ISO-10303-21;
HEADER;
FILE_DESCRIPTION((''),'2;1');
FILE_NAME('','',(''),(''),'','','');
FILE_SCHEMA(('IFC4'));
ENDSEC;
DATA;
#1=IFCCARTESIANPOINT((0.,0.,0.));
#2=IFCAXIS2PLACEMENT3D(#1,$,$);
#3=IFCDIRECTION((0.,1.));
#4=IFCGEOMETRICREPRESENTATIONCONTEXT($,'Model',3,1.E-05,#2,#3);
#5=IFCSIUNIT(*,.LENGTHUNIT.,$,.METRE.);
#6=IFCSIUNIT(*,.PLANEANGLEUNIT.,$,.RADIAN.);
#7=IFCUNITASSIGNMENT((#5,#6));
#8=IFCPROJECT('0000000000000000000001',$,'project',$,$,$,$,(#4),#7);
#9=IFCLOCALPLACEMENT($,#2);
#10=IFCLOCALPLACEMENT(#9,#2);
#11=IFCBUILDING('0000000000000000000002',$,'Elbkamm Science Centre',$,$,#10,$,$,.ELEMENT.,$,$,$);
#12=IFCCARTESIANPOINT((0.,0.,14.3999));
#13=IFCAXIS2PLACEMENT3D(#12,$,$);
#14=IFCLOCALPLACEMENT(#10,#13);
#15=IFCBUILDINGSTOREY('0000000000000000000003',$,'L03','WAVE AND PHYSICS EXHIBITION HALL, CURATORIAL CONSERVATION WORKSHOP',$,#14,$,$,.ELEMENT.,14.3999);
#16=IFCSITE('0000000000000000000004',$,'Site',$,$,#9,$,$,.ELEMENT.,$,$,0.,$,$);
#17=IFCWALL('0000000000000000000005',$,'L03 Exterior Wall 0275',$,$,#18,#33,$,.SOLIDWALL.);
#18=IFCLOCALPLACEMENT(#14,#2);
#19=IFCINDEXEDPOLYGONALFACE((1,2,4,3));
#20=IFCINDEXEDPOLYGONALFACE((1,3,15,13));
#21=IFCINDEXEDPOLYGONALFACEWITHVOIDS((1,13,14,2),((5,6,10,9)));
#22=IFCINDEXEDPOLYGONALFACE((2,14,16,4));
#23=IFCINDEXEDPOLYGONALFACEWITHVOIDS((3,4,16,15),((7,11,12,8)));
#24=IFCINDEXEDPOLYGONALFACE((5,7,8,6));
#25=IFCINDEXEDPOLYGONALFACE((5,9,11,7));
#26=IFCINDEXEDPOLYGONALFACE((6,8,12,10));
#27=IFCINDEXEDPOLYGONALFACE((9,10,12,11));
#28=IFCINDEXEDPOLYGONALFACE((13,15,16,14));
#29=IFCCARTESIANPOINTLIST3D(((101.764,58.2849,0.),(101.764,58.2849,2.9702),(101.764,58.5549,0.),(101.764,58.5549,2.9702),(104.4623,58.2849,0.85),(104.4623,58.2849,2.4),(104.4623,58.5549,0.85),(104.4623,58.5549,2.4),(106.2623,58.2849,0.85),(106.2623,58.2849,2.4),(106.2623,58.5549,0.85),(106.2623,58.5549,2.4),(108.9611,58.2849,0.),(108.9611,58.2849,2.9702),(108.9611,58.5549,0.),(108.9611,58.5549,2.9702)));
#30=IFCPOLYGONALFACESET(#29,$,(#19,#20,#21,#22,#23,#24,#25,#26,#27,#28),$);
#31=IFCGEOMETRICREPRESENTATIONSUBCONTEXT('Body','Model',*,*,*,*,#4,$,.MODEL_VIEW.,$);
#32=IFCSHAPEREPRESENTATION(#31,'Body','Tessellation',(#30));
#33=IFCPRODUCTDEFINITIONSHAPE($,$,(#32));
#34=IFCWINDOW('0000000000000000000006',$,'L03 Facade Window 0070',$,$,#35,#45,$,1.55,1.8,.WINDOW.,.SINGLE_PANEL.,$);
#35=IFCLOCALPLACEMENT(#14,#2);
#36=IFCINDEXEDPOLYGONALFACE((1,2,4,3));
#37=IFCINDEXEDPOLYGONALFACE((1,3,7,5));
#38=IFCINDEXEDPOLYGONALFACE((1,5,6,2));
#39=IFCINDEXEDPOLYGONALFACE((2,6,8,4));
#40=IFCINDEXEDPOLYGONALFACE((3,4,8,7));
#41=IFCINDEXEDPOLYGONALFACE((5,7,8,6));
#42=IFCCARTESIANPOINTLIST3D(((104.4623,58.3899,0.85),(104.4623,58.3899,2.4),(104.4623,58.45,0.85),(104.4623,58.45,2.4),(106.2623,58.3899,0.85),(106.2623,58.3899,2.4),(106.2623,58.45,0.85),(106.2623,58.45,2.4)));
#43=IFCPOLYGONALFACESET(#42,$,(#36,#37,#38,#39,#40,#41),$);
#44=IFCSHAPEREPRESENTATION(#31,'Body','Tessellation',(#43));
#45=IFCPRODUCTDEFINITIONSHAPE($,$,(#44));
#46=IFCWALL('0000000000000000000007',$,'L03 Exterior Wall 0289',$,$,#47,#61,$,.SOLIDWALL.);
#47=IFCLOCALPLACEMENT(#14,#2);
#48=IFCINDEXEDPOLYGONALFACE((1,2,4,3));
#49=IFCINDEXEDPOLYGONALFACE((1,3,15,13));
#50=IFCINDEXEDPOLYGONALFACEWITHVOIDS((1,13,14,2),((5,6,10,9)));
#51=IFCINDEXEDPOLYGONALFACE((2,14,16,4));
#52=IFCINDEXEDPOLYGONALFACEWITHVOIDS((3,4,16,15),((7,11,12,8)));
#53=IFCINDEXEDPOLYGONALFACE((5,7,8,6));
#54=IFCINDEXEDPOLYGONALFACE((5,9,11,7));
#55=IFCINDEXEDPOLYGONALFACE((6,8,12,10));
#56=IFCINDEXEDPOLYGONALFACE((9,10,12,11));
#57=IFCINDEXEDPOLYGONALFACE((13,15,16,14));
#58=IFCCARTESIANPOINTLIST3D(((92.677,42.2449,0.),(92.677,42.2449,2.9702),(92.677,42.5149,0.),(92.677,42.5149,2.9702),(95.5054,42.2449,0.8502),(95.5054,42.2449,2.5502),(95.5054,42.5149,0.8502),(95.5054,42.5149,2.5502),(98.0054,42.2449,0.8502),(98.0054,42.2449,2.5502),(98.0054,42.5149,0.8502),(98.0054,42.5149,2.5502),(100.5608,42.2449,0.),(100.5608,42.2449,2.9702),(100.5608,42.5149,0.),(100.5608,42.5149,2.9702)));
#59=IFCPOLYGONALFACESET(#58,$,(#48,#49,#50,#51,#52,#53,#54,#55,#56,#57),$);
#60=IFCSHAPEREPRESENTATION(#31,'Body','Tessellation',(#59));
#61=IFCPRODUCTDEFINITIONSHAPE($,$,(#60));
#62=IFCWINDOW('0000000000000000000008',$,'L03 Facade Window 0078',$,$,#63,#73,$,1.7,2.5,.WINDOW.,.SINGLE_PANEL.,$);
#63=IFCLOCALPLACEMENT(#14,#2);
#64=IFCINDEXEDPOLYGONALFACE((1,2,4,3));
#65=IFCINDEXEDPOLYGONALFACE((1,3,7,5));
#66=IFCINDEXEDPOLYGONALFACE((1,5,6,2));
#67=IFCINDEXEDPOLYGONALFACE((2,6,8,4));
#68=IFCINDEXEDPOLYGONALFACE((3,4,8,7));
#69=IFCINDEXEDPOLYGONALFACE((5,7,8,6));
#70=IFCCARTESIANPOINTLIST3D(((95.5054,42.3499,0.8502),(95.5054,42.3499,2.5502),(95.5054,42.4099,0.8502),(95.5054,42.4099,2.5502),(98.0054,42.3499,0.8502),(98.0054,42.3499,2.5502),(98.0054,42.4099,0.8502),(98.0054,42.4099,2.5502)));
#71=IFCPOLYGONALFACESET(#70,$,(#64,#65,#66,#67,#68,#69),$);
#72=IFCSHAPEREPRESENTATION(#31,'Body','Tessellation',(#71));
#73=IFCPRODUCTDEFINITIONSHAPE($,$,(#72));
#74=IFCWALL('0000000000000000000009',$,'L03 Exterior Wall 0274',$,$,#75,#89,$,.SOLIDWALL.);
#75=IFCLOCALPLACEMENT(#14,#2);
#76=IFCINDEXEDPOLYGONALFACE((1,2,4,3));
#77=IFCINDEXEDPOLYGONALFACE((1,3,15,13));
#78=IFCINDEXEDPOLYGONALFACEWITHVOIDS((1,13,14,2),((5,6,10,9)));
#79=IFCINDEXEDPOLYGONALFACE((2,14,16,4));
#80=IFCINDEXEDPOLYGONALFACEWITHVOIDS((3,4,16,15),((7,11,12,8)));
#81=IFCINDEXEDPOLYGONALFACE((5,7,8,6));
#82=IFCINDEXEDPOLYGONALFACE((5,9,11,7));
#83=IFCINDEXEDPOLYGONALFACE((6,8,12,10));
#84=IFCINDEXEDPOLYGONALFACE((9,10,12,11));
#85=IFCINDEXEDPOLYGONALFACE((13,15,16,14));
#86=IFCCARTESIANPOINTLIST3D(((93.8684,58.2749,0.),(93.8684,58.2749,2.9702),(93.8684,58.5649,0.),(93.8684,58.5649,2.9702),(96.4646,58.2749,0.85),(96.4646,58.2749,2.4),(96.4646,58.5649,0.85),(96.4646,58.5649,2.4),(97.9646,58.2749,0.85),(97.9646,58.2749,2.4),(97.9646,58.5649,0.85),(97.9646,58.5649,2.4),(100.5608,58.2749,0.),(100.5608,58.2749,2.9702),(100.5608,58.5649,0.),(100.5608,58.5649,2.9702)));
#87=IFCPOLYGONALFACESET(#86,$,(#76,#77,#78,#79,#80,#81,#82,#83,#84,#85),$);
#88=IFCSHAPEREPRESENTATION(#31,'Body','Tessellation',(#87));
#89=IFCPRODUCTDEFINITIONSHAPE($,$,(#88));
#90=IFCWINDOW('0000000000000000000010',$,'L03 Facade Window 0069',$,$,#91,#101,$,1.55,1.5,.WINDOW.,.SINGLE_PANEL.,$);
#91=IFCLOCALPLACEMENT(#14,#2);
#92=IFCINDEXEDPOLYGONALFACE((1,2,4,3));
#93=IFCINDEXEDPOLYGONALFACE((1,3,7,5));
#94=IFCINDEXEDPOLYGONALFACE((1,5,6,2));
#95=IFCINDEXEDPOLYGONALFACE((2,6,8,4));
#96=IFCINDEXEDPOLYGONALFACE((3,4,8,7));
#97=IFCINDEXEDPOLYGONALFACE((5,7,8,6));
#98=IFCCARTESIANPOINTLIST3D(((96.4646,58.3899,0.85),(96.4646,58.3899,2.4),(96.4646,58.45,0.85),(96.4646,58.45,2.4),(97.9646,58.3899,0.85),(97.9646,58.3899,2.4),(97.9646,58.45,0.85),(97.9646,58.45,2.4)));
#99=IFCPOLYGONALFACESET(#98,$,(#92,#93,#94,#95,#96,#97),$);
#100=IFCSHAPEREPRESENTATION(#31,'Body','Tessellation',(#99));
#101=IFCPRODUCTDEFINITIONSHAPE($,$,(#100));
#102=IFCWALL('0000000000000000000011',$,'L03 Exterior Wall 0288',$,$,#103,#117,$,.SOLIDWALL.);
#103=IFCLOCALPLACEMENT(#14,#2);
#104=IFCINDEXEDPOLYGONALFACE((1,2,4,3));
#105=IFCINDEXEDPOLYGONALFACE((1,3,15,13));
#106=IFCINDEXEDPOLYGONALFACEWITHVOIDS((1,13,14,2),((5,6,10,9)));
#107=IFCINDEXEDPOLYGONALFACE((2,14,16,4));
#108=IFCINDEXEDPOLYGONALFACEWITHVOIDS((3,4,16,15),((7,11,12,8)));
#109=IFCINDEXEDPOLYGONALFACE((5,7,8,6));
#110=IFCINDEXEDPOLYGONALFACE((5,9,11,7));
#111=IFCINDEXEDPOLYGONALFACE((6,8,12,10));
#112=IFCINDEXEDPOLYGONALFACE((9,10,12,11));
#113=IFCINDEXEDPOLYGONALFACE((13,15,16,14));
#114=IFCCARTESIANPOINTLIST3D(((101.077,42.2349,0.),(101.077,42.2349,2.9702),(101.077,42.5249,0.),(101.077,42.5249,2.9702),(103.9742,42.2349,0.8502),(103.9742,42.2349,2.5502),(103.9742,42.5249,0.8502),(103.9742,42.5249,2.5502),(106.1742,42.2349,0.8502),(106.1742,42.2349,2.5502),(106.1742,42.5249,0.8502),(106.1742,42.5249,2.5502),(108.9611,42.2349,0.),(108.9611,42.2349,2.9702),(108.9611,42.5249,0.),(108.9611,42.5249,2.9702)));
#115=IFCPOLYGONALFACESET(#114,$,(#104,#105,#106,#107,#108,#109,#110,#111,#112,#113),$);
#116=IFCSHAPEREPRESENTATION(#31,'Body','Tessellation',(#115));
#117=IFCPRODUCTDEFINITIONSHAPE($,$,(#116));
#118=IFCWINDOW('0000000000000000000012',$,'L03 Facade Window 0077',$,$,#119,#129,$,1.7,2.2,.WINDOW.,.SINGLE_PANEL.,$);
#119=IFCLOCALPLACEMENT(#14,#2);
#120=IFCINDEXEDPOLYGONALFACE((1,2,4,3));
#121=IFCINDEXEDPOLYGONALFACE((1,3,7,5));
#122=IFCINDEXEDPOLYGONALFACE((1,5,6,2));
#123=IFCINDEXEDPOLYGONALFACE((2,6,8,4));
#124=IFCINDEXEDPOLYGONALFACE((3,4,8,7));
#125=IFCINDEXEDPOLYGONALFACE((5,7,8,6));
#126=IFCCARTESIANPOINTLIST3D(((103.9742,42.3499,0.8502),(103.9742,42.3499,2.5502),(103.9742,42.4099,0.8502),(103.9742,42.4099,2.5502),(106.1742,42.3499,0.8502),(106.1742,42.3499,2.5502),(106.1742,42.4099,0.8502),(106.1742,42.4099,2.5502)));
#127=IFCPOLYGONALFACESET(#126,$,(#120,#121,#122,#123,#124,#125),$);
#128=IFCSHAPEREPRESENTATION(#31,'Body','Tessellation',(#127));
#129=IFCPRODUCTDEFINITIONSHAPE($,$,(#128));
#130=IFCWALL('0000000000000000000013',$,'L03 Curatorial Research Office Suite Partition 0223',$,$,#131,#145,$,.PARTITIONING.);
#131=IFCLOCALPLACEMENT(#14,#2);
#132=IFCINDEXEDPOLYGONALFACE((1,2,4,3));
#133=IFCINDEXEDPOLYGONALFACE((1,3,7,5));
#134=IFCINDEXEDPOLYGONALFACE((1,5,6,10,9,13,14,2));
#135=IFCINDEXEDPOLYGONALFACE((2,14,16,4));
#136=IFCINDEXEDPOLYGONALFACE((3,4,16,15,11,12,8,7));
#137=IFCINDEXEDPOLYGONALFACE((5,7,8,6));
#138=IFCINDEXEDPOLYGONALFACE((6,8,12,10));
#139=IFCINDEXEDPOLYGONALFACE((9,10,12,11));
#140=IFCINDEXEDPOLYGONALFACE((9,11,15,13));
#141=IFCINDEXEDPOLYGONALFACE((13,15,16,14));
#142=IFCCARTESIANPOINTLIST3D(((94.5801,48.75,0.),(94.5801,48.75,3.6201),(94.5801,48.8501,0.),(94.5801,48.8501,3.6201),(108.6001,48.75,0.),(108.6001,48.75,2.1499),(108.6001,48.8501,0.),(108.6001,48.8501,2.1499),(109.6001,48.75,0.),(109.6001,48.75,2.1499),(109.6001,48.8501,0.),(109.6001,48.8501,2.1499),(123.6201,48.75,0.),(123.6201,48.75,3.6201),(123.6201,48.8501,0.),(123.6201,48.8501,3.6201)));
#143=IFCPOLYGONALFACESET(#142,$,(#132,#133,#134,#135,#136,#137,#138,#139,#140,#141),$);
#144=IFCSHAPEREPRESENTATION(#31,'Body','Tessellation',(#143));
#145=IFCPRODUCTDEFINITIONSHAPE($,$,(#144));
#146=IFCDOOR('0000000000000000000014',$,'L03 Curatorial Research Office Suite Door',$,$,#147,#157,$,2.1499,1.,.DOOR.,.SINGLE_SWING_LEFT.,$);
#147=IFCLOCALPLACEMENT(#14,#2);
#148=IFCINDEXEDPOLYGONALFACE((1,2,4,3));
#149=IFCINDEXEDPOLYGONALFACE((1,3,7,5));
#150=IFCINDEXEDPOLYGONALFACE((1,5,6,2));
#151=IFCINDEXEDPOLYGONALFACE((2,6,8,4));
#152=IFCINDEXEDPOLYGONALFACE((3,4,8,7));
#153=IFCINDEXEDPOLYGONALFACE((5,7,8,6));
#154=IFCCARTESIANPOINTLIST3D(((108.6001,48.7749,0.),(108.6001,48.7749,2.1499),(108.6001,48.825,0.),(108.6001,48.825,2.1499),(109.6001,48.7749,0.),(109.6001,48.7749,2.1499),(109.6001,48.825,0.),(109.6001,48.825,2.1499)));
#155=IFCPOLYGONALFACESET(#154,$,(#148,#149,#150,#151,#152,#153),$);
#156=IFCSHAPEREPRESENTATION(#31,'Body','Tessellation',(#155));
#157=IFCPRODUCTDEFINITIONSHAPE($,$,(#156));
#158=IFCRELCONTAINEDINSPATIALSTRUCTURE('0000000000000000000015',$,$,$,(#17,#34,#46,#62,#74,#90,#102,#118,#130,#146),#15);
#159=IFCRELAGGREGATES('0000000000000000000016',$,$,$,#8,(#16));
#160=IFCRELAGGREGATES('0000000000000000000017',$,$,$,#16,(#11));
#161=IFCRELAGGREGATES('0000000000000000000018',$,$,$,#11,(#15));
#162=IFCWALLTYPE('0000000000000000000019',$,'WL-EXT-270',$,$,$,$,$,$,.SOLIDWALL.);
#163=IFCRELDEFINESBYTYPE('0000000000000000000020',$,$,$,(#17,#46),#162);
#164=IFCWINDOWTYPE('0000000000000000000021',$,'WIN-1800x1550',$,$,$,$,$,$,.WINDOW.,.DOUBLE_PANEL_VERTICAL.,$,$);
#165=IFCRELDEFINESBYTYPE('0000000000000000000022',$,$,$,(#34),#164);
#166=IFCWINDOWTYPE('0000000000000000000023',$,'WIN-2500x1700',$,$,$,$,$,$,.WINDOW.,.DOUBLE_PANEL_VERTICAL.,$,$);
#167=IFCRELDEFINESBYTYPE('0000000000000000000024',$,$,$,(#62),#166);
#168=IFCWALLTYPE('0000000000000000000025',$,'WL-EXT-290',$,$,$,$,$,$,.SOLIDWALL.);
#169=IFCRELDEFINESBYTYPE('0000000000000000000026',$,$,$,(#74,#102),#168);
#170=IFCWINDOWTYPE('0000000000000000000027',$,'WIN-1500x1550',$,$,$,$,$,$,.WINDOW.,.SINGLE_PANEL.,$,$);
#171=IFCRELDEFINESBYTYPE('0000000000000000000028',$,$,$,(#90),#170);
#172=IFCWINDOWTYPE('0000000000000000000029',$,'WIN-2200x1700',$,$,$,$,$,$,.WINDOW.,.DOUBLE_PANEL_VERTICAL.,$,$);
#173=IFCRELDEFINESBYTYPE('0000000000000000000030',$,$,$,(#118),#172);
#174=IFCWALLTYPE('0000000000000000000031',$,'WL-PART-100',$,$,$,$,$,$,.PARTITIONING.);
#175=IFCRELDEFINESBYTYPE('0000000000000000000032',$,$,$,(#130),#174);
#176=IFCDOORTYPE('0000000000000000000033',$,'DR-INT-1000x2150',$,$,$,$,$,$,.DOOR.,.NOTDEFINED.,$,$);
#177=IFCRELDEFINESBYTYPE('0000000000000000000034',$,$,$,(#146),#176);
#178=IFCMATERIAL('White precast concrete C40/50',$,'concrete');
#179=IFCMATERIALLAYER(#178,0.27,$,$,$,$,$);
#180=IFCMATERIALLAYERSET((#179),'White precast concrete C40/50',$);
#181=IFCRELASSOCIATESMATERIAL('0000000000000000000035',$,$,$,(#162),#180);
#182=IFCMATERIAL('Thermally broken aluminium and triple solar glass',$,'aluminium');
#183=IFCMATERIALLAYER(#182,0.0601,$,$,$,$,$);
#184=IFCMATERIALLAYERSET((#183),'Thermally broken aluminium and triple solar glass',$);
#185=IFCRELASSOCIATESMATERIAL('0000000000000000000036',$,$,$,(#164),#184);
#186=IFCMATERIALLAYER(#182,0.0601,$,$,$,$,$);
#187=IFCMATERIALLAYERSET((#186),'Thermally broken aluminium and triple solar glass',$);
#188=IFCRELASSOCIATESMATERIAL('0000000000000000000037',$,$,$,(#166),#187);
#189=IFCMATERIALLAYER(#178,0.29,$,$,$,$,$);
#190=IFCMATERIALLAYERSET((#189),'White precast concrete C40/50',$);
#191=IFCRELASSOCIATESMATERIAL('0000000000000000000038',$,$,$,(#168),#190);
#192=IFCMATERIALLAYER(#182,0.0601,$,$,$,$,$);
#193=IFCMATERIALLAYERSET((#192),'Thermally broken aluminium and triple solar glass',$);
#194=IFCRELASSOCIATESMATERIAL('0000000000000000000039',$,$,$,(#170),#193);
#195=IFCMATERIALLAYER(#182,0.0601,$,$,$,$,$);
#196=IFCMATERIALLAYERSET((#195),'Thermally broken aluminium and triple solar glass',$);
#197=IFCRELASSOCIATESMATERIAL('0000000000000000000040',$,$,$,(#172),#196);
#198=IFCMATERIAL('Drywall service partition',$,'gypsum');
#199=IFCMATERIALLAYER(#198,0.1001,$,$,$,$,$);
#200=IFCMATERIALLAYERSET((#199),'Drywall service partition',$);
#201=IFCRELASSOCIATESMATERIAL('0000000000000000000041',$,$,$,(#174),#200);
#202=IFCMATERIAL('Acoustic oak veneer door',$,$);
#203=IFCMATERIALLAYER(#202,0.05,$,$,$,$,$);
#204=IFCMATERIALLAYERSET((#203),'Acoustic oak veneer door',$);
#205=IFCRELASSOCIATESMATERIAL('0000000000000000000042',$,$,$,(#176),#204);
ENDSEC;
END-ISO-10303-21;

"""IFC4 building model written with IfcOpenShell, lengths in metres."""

from ifc_helpers import new_model, si_unit, direction, frame, frame_2d, origin, place, context, subcontext, project, spatial, rectangle, extrude, material, layer, layer_set, type_object, element, fill, save


model = new_model("IFC4")

# Units and contexts
model_context = context("Model", 3, precision=1e-05, world=origin(), true_north=direction((0.0, 1.0)))
body_context = subcontext(model_context, "Body", "Model", "MODEL_VIEW")
ifc_project = project(units=[si_unit("LENGTHUNIT", "METRE"), si_unit("PLANEANGLEUNIT", "RADIAN")], contexts=[model_context])

# Site, building, storey
site_placement = place(None, origin())
site = spatial("IfcSite", under=ifc_project, at=site_placement, Name="Site", CompositionType="ELEMENT", RefElevation=0.0)
building_placement = place(site_placement, origin())
building = spatial("IfcBuilding", under=site, at=building_placement, Name="Elbkamm Science Centre", CompositionType="ELEMENT")
storey_placement = place(building_placement, frame((0.0, 0.0, 14.3999)))
storey = spatial("IfcBuildingStorey", under=building, at=storey_placement, Name="L03", Description="WAVE AND PHYSICS EXHIBITION HALL, CURATORIAL CONSERVATION WORKSHOP", CompositionType="ELEMENT", Elevation=14.3999)

# Walls, openings, windows
ifc_material_1 = material(Name="White precast concrete C40/50", Category="concrete")
ifc_layer_1 = layer(ifc_material_1, 0.27)
ifc_layer_set_1 = layer_set([ifc_layer_1], Name="White precast concrete C40/50")
wall_type_1 = type_object("IfcWallType", Name="WL-EXT-270", PredefinedType="SOLIDWALL", material=ifc_layer_set_1)
wall_1_placement = place(storey_placement, frame((101.7639, 58.4199, 0.0), z_axis=(0.0, 0.0, 1.0), x_axis=(1.0, 0.0, 0.0)))
wall_1 = element("IfcWall", 1, at=wall_1_placement, inside=storey, type_object=wall_type_1, Name="L03 Exterior Wall 0275", PredefinedType="SOLIDWALL", context=body_context, shape_type="SweptSolid", body=[
    extrude(rectangle(XDim=7.197, YDim=0.27, at=frame_2d((3.5986, 0.0))), origin(), (0.0, 0.0, 1.0), 2.9702),
])
opening_1_placement = place(wall_1_placement, frame((2.6985, 0.0, 0.8501)))
opening_1 = element("IfcOpeningElement", 2, at=opening_1_placement, cuts=wall_1, PredefinedType="OPENING", context=body_context, shape_type="SweptSolid", body=[
    extrude(rectangle(XDim=1.8, YDim=1.55, at=frame_2d((0.8999, 0.7749))), frame((0.0, 0.147, 0.0), z_axis=(0.0, -1.0, 0.0), x_axis=(1.0, 0.0, 0.0)), (0.0, 0.0, 1.0), 0.2939),
])
ifc_material_2 = material(Name="Thermally broken aluminium and triple solar glass", Category="aluminium")
ifc_layer_2 = layer(ifc_material_2, 0.0601)
ifc_layer_set_2 = layer_set([ifc_layer_2], Name="Thermally broken aluminium and triple solar glass")
window_type_1 = type_object("IfcWindowType", Name="WIN-1800x1550", PartitioningType="DOUBLE_PANEL_VERTICAL", PredefinedType="WINDOW", material=ifc_layer_set_2)
window_1_placement = place(opening_1_placement, origin())
window_1 = element("IfcWindow", 3, at=window_1_placement, inside=storey, type_object=window_type_1, Name="L03 Facade Window 0070", OverallHeight=1.55, OverallWidth=1.8, PartitioningType="SINGLE_PANEL", PredefinedType="WINDOW", context=body_context, shape_type="SweptSolid", body=[
    extrude(rectangle(XDim=1.8, YDim=1.55, at=frame_2d((0.8999, 0.7749))), frame((0.0, 0.03, 0.0), z_axis=(0.0, -1.0, 0.0), x_axis=(1.0, 0.0, 0.0)), (0.0, 0.0, 1.0), 0.0601),
])
fill(opening_1, window_1)
wall_2_placement = place(storey_placement, frame((100.5608, 42.3799, 0.0), z_axis=(0.0, 0.0, 1.0), x_axis=(-1.0, 0.0, 0.0)))
wall_2 = element("IfcWall", 4, at=wall_2_placement, inside=storey, type_object=wall_type_1, Name="L03 Exterior Wall 0289", PredefinedType="SOLIDWALL", context=body_context, shape_type="SweptSolid", body=[
    extrude(rectangle(XDim=7.8838, YDim=0.27, at=frame_2d((3.9419, 0.0))), origin(), (0.0, 0.0, 1.0), 2.9702),
])
opening_2_placement = place(wall_2_placement, frame((2.5554, 0.0, 0.8501)))
opening_2 = element("IfcOpeningElement", 5, at=opening_2_placement, cuts=wall_2, PredefinedType="OPENING", context=body_context, shape_type="SweptSolid", body=[
    extrude(rectangle(XDim=2.5, YDim=1.7, at=frame_2d((1.25, 0.8501))), frame((0.0, 0.147, 0.0), z_axis=(0.0, -1.0, 0.0), x_axis=(1.0, 0.0, 0.0)), (0.0, 0.0, 1.0), 0.2939),
])
ifc_layer_3 = layer(ifc_material_2, 0.0601)
ifc_layer_set_3 = layer_set([ifc_layer_3], Name="Thermally broken aluminium and triple solar glass")
window_type_2 = type_object("IfcWindowType", Name="WIN-2500x1700", PartitioningType="DOUBLE_PANEL_VERTICAL", PredefinedType="WINDOW", material=ifc_layer_set_3)
window_2_placement = place(opening_2_placement, origin())
window_2 = element("IfcWindow", 6, at=window_2_placement, inside=storey, type_object=window_type_2, Name="L03 Facade Window 0078", OverallHeight=1.7, OverallWidth=2.5, PartitioningType="SINGLE_PANEL", PredefinedType="WINDOW", context=body_context, shape_type="SweptSolid", body=[
    extrude(rectangle(XDim=2.5, YDim=1.7, at=frame_2d((1.25, 0.8501))), frame((0.0, 0.03, 0.0), z_axis=(0.0, -1.0, 0.0), x_axis=(1.0, 0.0, 0.0)), (0.0, 0.0, 1.0), 0.0601),
])
fill(opening_2, window_2)
ifc_layer_4 = layer(ifc_material_1, 0.29)
ifc_layer_set_4 = layer_set([ifc_layer_4], Name="White precast concrete C40/50")
wall_type_2 = type_object("IfcWallType", Name="WL-EXT-290", PredefinedType="SOLIDWALL", material=ifc_layer_set_4)
wall_3_placement = place(storey_placement, frame((93.8684, 58.4199, 0.0), z_axis=(0.0, 0.0, 1.0), x_axis=(1.0, 0.0, 0.0)))
wall_3 = element("IfcWall", 7, at=wall_3_placement, inside=storey, type_object=wall_type_2, Name="L03 Exterior Wall 0274", PredefinedType="SOLIDWALL", context=body_context, shape_type="SweptSolid", body=[
    extrude(rectangle(XDim=6.6924, YDim=0.29, at=frame_2d((3.3462, 0.0))), origin(), (0.0, 0.0, 1.0), 2.9702),
])
opening_3_placement = place(wall_3_placement, frame((2.5962, 0.0, 0.8501)))
opening_3 = element("IfcOpeningElement", 8, at=opening_3_placement, cuts=wall_3, PredefinedType="OPENING", context=body_context, shape_type="SweptSolid", body=[
    extrude(rectangle(XDim=1.5, YDim=1.55, at=frame_2d((0.75, 0.7749))), frame((0.0, 0.157, 0.0), z_axis=(0.0, -1.0, 0.0), x_axis=(1.0, 0.0, 0.0)), (0.0, 0.0, 1.0), 0.314),
])
ifc_layer_5 = layer(ifc_material_2, 0.0601)
ifc_layer_set_5 = layer_set([ifc_layer_5], Name="Thermally broken aluminium and triple solar glass")
window_type_3 = type_object("IfcWindowType", Name="WIN-1500x1550", PartitioningType="SINGLE_PANEL", PredefinedType="WINDOW", material=ifc_layer_set_5)
window_3_placement = place(opening_3_placement, origin())
window_3 = element("IfcWindow", 9, at=window_3_placement, inside=storey, type_object=window_type_3, Name="L03 Facade Window 0069", OverallHeight=1.55, OverallWidth=1.5, PartitioningType="SINGLE_PANEL", PredefinedType="WINDOW", context=body_context, shape_type="SweptSolid", body=[
    extrude(rectangle(XDim=1.5, YDim=1.55, at=frame_2d((0.75, 0.7749))), frame((0.0, 0.03, 0.0), z_axis=(0.0, -1.0, 0.0), x_axis=(1.0, 0.0, 0.0)), (0.0, 0.0, 1.0), 0.0601),
])
fill(opening_3, window_3)
wall_4_placement = place(storey_placement, frame((108.9609, 42.3799, 0.0), z_axis=(0.0, 0.0, 1.0), x_axis=(-1.0, 0.0, 0.0)))
wall_4 = element("IfcWall", 10, at=wall_4_placement, inside=storey, type_object=wall_type_2, Name="L03 Exterior Wall 0288", PredefinedType="SOLIDWALL", context=body_context, shape_type="SweptSolid", body=[
    extrude(rectangle(XDim=7.884, YDim=0.29, at=frame_2d((3.9419, 0.0))), origin(), (0.0, 0.0, 1.0), 2.9702),
])
opening_4_placement = place(wall_4_placement, frame((2.7866, 0.0, 0.8501)))
opening_4 = element("IfcOpeningElement", 11, at=opening_4_placement, cuts=wall_4, PredefinedType="OPENING", context=body_context, shape_type="SweptSolid", body=[
    extrude(rectangle(XDim=2.2, YDim=1.7, at=frame_2d((1.1001, 0.8501))), frame((0.0, 0.157, 0.0), z_axis=(0.0, -1.0, 0.0), x_axis=(1.0, 0.0, 0.0)), (0.0, 0.0, 1.0), 0.314),
])
ifc_layer_6 = layer(ifc_material_2, 0.0601)
ifc_layer_set_6 = layer_set([ifc_layer_6], Name="Thermally broken aluminium and triple solar glass")
window_type_4 = type_object("IfcWindowType", Name="WIN-2200x1700", PartitioningType="DOUBLE_PANEL_VERTICAL", PredefinedType="WINDOW", material=ifc_layer_set_6)
window_4_placement = place(opening_4_placement, origin())
window_4 = element("IfcWindow", 12, at=window_4_placement, inside=storey, type_object=window_type_4, Name="L03 Facade Window 0077", OverallHeight=1.7, OverallWidth=2.2, PartitioningType="SINGLE_PANEL", PredefinedType="WINDOW", context=body_context, shape_type="SweptSolid", body=[
    extrude(rectangle(XDim=2.2, YDim=1.7, at=frame_2d((1.1001, 0.8501))), frame((0.0, 0.03, 0.0), z_axis=(0.0, -1.0, 0.0), x_axis=(1.0, 0.0, 0.0)), (0.0, 0.0, 1.0), 0.0601),
])
fill(opening_4, window_4)

# Wall, opening, door
ifc_material_3 = material(Name="Drywall service partition", Category="gypsum")
ifc_layer_7 = layer(ifc_material_3, 0.1001)
ifc_layer_set_7 = layer_set([ifc_layer_7], Name="Drywall service partition")
wall_type_3 = type_object("IfcWallType", Name="WL-PART-100", PredefinedType="PARTITIONING", material=ifc_layer_set_7)
wall_5_placement = place(storey_placement, frame((94.5801, 48.8, 0.0), z_axis=(0.0, 0.0, 1.0), x_axis=(1.0, 0.0, 0.0)))
wall_5 = element("IfcWall", 13, at=wall_5_placement, inside=storey, type_object=wall_type_3, Name="L03 Curatorial Research Office Suite Partition 0223", PredefinedType="PARTITIONING", context=body_context, shape_type="SweptSolid", body=[
    extrude(rectangle(XDim=29.04, YDim=0.1001, at=frame_2d((14.52, 0.0))), origin(), (0.0, 0.0, 1.0), 3.6201),
])
opening_5_placement = place(wall_5_placement, frame((14.02, 0.0, 0.0)))
opening_5 = element("IfcOpeningElement", 14, at=opening_5_placement, cuts=wall_5, PredefinedType="OPENING", context=body_context, shape_type="SweptSolid", body=[
    extrude(rectangle(XDim=1.0, YDim=2.1499, at=frame_2d((0.5, 1.075))), frame((0.0, 0.062, 0.0), z_axis=(0.0, -1.0, 0.0), x_axis=(1.0, 0.0, 0.0)), (0.0, 0.0, 1.0), 0.124),
])
ifc_material_4 = material(Name="Acoustic oak veneer door")
ifc_layer_8 = layer(ifc_material_4, 0.05)
ifc_layer_set_8 = layer_set([ifc_layer_8], Name="Acoustic oak veneer door")
door_type = type_object("IfcDoorType", Name="DR-INT-1000x2150", OperationType="NOTDEFINED", PredefinedType="DOOR", material=ifc_layer_set_8)
door_placement = place(opening_5_placement, origin())
door = element("IfcDoor", 15, at=door_placement, inside=storey, type_object=door_type, Name="L03 Curatorial Research Office Suite Door", OperationType="SINGLE_SWING_LEFT", OverallHeight=2.1499, OverallWidth=1.0, PredefinedType="DOOR", context=body_context, shape_type="SweptSolid", body=[
    extrude(rectangle(XDim=1.0, YDim=2.1499, at=frame_2d((0.5, 1.075))), frame((0.0, 0.0249, 0.0), z_axis=(0.0, -1.0, 0.0), x_axis=(1.0, 0.0, 0.0)), (0.0, 0.0, 1.0), 0.05),
])
fill(opening_5, door)

save(model, "model.ifc")
